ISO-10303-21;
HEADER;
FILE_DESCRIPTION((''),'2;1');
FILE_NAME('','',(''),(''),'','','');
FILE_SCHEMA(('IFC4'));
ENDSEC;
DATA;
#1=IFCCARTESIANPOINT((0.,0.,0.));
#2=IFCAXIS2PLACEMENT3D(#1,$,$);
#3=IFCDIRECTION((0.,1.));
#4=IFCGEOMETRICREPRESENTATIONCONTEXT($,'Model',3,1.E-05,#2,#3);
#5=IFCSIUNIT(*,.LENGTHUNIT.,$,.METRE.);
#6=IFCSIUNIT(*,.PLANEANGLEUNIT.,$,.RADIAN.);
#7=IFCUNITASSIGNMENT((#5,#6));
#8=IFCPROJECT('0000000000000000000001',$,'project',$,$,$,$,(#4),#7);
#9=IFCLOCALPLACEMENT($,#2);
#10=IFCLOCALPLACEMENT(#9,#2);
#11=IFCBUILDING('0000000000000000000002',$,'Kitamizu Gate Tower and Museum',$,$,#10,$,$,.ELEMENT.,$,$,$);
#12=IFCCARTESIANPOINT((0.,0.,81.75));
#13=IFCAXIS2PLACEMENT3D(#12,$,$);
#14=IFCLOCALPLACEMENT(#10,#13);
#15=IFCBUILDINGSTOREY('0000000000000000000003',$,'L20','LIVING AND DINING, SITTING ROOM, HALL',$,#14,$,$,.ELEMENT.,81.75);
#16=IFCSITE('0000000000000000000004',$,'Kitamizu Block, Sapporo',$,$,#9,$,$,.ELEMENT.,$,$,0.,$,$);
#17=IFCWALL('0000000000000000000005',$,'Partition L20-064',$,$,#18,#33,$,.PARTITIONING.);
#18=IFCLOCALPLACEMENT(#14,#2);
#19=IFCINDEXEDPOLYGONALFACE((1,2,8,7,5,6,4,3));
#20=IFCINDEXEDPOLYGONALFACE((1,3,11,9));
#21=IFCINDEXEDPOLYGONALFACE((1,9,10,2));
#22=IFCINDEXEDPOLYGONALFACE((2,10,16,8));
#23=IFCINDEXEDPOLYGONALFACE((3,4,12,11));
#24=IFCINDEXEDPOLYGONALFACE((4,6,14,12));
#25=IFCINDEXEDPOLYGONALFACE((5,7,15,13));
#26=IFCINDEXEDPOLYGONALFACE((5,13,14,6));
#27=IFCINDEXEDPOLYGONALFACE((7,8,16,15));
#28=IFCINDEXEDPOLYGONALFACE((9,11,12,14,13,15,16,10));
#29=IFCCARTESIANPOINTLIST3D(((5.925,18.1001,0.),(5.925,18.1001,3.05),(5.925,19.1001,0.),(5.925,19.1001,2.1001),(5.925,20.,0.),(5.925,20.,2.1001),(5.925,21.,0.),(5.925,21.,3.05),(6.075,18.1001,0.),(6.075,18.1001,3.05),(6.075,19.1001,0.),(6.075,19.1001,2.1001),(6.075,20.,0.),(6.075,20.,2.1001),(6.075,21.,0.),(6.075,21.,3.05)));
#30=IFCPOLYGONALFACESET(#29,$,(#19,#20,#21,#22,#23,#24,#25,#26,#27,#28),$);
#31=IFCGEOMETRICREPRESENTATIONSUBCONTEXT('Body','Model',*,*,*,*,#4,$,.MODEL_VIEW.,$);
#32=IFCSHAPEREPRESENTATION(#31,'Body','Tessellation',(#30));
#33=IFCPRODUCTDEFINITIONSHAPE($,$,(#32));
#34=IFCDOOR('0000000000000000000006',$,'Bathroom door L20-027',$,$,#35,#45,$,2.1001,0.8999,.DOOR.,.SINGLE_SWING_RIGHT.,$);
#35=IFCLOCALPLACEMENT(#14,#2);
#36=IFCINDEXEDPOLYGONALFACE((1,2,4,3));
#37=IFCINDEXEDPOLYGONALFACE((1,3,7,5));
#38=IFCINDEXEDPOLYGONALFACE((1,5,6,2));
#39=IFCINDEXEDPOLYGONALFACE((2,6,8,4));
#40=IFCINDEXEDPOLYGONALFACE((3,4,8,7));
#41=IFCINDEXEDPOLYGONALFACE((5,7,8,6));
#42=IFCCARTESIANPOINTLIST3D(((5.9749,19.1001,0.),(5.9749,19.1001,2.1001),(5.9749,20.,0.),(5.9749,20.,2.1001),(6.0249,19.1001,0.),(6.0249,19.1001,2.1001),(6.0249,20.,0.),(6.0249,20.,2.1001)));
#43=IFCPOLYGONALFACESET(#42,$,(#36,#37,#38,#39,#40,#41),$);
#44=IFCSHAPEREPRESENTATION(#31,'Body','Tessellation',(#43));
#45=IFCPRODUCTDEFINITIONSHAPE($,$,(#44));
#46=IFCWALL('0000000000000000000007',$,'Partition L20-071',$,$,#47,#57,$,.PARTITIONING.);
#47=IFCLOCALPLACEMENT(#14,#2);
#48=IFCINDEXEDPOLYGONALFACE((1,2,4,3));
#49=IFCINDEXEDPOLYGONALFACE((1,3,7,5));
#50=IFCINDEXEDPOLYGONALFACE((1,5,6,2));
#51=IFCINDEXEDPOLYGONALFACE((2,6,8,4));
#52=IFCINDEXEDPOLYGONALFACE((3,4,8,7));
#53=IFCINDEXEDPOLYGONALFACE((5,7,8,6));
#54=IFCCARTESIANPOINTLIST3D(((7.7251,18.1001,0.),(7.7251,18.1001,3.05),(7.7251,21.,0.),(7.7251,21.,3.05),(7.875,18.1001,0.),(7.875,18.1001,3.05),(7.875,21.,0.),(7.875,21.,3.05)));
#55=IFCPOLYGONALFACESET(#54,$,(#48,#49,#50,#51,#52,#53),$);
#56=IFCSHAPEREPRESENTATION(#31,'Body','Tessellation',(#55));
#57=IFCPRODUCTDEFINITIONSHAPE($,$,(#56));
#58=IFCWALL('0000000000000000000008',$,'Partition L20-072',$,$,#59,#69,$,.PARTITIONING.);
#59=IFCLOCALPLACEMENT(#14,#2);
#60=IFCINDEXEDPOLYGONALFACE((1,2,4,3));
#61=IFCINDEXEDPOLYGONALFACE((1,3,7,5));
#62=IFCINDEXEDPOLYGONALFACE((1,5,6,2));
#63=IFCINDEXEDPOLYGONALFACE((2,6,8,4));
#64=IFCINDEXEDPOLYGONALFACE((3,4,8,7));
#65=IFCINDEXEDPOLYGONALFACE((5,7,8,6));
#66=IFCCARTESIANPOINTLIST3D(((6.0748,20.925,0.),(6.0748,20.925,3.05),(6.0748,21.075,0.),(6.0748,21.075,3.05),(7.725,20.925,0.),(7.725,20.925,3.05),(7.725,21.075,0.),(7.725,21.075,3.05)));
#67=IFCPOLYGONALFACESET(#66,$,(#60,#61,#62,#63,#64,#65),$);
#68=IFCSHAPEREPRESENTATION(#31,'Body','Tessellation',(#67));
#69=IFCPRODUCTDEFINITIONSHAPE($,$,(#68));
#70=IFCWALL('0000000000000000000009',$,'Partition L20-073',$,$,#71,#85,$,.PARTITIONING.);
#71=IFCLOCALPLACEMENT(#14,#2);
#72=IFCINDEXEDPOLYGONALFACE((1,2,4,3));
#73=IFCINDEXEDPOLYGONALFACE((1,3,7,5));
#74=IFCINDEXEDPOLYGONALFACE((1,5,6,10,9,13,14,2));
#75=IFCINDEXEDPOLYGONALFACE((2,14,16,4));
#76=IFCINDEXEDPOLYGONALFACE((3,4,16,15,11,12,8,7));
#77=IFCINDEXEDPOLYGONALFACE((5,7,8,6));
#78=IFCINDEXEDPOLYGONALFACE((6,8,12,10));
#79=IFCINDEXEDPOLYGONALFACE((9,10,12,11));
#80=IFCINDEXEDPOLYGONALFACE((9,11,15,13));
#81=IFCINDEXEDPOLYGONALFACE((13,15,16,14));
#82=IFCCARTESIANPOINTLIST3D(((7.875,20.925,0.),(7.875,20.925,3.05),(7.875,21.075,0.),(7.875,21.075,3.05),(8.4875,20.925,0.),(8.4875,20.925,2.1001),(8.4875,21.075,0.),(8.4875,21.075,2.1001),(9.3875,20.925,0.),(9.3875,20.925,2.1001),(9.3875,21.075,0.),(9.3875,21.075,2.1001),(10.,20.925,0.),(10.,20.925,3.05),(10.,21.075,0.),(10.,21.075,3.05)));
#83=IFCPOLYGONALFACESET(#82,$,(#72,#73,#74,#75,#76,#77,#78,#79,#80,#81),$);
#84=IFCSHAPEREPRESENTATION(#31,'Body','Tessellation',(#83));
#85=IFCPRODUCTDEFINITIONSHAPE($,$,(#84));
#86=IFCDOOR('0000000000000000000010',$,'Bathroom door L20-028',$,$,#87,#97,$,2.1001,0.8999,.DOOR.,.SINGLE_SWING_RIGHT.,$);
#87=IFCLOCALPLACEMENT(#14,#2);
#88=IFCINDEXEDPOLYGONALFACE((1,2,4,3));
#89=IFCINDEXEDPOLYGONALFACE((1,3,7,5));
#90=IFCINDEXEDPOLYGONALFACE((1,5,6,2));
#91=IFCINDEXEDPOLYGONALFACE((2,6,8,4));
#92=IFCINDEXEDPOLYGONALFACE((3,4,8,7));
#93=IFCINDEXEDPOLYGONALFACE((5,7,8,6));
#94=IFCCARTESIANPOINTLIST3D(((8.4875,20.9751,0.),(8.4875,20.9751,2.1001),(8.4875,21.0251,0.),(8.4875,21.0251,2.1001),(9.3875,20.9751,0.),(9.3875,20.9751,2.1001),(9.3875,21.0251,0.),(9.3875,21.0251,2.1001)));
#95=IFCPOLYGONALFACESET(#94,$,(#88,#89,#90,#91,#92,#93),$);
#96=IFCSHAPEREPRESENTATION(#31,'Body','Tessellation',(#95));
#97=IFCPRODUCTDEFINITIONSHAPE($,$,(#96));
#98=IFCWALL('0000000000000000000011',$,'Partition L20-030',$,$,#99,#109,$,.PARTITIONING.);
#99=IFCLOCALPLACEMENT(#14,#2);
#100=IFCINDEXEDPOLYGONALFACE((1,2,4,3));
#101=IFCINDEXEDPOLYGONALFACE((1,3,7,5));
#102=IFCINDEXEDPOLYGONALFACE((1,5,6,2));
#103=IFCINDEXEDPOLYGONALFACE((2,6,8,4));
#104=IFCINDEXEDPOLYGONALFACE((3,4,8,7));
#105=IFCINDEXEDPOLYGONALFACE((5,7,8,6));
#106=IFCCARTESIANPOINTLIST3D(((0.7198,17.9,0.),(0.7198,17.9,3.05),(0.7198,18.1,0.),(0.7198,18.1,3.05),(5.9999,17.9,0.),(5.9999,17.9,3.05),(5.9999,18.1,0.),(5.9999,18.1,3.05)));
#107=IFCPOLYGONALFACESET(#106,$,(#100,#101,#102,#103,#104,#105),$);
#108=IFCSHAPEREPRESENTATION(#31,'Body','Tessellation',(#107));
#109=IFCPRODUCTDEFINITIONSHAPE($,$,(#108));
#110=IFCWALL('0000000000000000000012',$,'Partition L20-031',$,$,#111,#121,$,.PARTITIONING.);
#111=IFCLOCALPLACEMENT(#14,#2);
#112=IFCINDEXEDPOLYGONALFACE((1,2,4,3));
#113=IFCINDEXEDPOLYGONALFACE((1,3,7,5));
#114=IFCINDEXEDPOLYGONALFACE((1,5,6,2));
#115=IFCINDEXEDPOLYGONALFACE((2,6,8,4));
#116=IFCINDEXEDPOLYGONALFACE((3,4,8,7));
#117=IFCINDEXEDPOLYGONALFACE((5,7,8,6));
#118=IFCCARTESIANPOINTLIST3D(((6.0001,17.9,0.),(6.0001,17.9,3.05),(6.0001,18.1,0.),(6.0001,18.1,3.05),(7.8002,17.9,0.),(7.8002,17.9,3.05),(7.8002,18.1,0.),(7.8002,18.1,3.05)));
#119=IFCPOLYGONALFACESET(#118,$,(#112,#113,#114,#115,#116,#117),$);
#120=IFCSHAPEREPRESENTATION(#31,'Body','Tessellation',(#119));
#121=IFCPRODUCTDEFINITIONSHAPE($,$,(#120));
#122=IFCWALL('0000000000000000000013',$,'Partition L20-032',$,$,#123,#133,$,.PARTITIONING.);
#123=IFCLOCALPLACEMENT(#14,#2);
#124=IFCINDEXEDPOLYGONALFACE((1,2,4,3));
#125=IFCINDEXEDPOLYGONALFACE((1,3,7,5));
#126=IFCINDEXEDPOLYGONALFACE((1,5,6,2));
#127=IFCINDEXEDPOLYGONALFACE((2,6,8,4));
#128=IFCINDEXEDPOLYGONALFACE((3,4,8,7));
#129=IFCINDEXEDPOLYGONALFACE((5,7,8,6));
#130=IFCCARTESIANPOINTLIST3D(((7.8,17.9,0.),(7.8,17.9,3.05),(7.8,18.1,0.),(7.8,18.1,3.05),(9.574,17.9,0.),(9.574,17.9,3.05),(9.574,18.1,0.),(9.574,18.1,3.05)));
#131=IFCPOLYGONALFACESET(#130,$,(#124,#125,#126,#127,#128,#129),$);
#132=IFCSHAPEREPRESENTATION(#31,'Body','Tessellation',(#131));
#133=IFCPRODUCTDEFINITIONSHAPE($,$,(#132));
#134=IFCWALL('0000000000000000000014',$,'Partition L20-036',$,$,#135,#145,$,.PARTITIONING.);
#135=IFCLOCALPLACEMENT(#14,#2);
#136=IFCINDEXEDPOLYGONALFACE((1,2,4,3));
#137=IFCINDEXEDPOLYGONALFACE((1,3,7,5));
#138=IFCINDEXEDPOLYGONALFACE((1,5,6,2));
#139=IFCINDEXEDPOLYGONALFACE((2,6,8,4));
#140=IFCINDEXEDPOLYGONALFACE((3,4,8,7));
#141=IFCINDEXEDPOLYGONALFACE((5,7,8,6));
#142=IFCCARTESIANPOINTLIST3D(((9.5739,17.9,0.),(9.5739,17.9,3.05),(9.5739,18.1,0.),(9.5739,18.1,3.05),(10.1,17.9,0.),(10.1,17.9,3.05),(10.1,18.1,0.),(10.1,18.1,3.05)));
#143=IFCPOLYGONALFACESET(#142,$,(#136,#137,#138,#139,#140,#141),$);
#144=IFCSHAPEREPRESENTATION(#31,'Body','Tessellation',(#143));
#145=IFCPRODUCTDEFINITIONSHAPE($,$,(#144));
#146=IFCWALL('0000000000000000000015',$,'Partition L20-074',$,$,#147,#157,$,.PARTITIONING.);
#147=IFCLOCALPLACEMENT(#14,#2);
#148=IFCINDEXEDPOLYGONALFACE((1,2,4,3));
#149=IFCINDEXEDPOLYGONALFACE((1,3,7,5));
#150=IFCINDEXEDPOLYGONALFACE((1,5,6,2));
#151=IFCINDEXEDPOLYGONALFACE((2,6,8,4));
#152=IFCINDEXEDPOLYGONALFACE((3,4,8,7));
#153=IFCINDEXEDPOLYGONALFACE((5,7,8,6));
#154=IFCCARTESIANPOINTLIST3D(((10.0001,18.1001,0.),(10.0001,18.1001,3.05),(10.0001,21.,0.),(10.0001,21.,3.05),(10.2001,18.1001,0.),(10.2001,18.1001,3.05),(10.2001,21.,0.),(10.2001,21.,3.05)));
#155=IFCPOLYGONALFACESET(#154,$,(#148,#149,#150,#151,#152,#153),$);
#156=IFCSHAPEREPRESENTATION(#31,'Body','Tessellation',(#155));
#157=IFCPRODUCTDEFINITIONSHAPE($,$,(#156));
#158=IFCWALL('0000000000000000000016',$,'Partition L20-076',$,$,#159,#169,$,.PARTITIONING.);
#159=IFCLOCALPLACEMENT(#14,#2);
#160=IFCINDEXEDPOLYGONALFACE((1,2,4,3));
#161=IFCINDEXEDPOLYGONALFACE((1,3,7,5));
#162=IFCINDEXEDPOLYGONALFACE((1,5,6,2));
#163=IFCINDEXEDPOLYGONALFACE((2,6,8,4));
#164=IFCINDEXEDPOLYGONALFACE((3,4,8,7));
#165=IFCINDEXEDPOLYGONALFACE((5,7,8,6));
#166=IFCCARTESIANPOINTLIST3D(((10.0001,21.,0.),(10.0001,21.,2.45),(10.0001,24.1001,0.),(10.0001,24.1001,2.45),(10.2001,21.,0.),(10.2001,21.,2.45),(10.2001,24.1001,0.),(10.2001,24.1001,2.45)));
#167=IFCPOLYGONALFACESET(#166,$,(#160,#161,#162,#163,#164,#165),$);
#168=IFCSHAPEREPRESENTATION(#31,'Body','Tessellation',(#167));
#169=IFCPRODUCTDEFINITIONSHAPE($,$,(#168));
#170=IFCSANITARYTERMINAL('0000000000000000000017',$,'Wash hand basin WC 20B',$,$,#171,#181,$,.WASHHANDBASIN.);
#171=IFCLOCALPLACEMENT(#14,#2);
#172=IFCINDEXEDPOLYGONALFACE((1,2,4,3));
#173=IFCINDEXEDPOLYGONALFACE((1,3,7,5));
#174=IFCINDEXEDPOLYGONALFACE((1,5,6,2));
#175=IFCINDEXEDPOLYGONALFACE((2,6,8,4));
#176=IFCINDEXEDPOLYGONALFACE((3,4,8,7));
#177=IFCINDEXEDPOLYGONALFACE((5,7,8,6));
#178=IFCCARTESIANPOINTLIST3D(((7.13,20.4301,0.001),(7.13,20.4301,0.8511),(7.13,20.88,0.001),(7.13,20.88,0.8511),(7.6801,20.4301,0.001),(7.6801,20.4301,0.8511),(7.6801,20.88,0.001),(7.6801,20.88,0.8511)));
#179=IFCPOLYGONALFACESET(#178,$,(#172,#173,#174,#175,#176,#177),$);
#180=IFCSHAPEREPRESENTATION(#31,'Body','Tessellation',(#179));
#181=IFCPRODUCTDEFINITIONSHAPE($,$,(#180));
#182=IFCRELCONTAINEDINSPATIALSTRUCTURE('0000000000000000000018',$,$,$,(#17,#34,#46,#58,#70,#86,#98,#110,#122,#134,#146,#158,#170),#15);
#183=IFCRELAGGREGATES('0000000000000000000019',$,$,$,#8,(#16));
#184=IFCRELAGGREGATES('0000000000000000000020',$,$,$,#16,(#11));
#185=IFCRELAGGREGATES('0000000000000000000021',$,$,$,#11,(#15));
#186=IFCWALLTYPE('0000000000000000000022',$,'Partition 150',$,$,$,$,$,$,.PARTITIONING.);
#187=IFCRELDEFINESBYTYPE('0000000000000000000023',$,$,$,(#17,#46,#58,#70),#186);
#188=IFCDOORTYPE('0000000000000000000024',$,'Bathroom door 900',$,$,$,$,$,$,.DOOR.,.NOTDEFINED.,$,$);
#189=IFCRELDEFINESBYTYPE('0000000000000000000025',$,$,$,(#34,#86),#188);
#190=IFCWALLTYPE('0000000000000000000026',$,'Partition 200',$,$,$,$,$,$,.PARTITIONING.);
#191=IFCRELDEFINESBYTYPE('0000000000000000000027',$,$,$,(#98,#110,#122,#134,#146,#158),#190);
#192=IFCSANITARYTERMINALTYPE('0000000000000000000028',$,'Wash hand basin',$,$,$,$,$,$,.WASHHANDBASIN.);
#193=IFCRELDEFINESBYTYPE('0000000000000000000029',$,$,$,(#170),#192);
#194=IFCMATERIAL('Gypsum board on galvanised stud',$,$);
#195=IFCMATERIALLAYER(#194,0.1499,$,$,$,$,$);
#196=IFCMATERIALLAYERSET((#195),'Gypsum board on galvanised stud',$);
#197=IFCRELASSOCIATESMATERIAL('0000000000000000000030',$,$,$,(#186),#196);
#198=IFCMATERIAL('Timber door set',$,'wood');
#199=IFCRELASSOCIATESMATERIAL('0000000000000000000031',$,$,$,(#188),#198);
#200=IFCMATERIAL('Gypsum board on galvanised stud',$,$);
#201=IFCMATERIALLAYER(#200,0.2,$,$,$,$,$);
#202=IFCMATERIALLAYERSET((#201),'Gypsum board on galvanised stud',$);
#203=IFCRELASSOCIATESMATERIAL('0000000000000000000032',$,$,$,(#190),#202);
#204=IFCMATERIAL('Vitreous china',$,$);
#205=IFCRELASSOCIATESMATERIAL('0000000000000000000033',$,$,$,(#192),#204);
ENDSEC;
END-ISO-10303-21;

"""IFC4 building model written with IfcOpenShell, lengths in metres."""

from ifc_helpers import new_model, si_unit, direction, frame, frame_2d, origin, origin_2d, place, context, subcontext, project, spatial, rectangle, extrude, material, layer, layer_set, type_object, element, fill, save


model = new_model("IFC4")

# Units and contexts
model_context = context("Model", 3, precision=1e-05, world=origin(), true_north=direction((0.0, 1.0)))
body_context = subcontext(model_context, "Body", "Model", "MODEL_VIEW")
ifc_project = project(units=[si_unit("LENGTHUNIT", "METRE"), si_unit("PLANEANGLEUNIT", "RADIAN")], contexts=[model_context])

# Site, building, storey
site_placement = place(None, origin())
site = spatial("IfcSite", under=ifc_project, at=site_placement, Name="Kitamizu Block, Sapporo", CompositionType="ELEMENT", RefElevation=0.0)
building_placement = place(site_placement, origin())
building = spatial("IfcBuilding", under=site, at=building_placement, Name="Kitamizu Gate Tower and Museum", CompositionType="ELEMENT")
storey_placement = place(building_placement, frame((0.0, 0.0, 81.75)))
storey = spatial("IfcBuildingStorey", under=building, at=storey_placement, Name="L20", Description="LIVING AND DINING, SITTING ROOM, HALL", CompositionType="ELEMENT", Elevation=81.75)

# Shared definitions
ifc_material_1 = material(Name="Gypsum board on galvanised stud")
ifc_layer_1 = layer(ifc_material_1, 0.1499)
ifc_layer_set_1 = layer_set([ifc_layer_1], Name="Gypsum board on galvanised stud")
wall_type_1 = type_object("IfcWallType", Name="Partition 150", PredefinedType="PARTITIONING", material=ifc_layer_set_1)

# Wall, opening, door
wall_1_placement = place(storey_placement, frame((6.0, 18.1001, 0.0), z_axis=(0.0, 0.0, 1.0), x_axis=(0.0, 1.0, 0.0)))
wall_1 = element("IfcWall", 1, at=wall_1_placement, inside=storey, type_object=wall_type_1, Name="Partition L20-064", PredefinedType="PARTITIONING", context=body_context, shape_type="SweptSolid", body=[
    extrude(rectangle(XDim=2.8999, YDim=0.1499, at=frame_2d((1.45, 0.0))), origin(), (0.0, 0.0, 1.0), 3.05),
])
opening_1_placement = place(wall_1_placement, frame((1.0, 0.0, 0.0)))
opening_1 = element("IfcOpeningElement", 2, at=opening_1_placement, cuts=wall_1, PredefinedType="OPENING", context=body_context, shape_type="SweptSolid", body=[
    extrude(rectangle(XDim=0.8999, YDim=2.1001, at=frame_2d((0.45, 1.05))), frame((0.0, 0.085, 0.0), z_axis=(0.0, -1.0, 0.0), x_axis=(1.0, 0.0, 0.0)), (0.0, 0.0, 1.0), 0.1699),
])
ifc_material_2 = material(Name="Timber door set", Category="wood")
door_type_1 = type_object("IfcDoorType", Name="Bathroom door 900", OperationType="NOTDEFINED", PredefinedType="DOOR", material=ifc_material_2)
door_1_placement = place(opening_1_placement, frame((0.8999, 0.0, 0.0), x_axis=(-1.0, 0.0, 0.0)))
door_1 = element("IfcDoor", 3, at=door_1_placement, inside=storey, type_object=door_type_1, Name="Bathroom door L20-027", OperationType="SINGLE_SWING_RIGHT", OverallHeight=2.1001, OverallWidth=0.8999, PredefinedType="DOOR", context=body_context, shape_type="SweptSolid", body=[
    extrude(rectangle(XDim=0.8999, YDim=2.1001, at=frame_2d((0.45, 1.05))), frame((0.0, 0.0249, 0.0), z_axis=(0.0, -1.0, 0.0), x_axis=(1.0, 0.0, 0.0)), (0.0, 0.0, 1.0), 0.05),
])
fill(opening_1, door_1)

# Walls
wall_2_placement = place(storey_placement, frame((7.8, 18.1001, 0.0), z_axis=(0.0, 0.0, 1.0), x_axis=(0.0, 1.0, 0.0)))
element("IfcWall", 4, at=wall_2_placement, inside=storey, type_object=wall_type_1, Name="Partition L20-071", PredefinedType="PARTITIONING", context=body_context, shape_type="SweptSolid", body=[
    extrude(rectangle(XDim=2.8999, YDim=0.1499, at=frame_2d((1.45, 0.0))), origin(), (0.0, 0.0, 1.0), 3.05),
])
wall_3_placement = place(storey_placement, frame((7.7251, 21.0, 0.0), z_axis=(0.0, 0.0, 1.0), x_axis=(-1.0, 0.0, 0.0)))
element("IfcWall", 5, at=wall_3_placement, inside=storey, type_object=wall_type_1, Name="Partition L20-072", PredefinedType="PARTITIONING", context=body_context, shape_type="SweptSolid", body=[
    extrude(rectangle(XDim=1.6501, YDim=0.1499, at=frame_2d((0.8252, 0.0))), origin(), (0.0, 0.0, 1.0), 3.05),
])

# Wall, opening, door
wall_4_placement = place(storey_placement, frame((10.0, 21.0, 0.0), z_axis=(0.0, 0.0, 1.0), x_axis=(-1.0, 0.0, 0.0)))
wall_4 = element("IfcWall", 6, at=wall_4_placement, inside=storey, type_object=wall_type_1, Name="Partition L20-073", PredefinedType="PARTITIONING", context=body_context, shape_type="SweptSolid", body=[
    extrude(rectangle(XDim=2.125, YDim=0.1499, at=frame_2d((1.0625, 0.0))), origin(), (0.0, 0.0, 1.0), 3.05),
])
opening_2_placement = place(wall_4_placement, frame((0.6125, 0.0, 0.0)))
opening_2 = element("IfcOpeningElement", 7, at=opening_2_placement, cuts=wall_4, PredefinedType="OPENING", context=body_context, shape_type="SweptSolid", body=[
    extrude(rectangle(XDim=0.8999, YDim=2.1001, at=frame_2d((0.45, 1.05))), frame((0.0, 0.085, 0.0), z_axis=(0.0, -1.0, 0.0), x_axis=(1.0, 0.0, 0.0)), (0.0, 0.0, 1.0), 0.1699),
])
door_2_placement = place(opening_2_placement, origin())
door_2 = element("IfcDoor", 8, at=door_2_placement, inside=storey, type_object=door_type_1, Name="Bathroom door L20-028", OperationType="SINGLE_SWING_RIGHT", OverallHeight=2.1001, OverallWidth=0.8999, PredefinedType="DOOR", context=body_context, shape_type="SweptSolid", body=[
    extrude(rectangle(XDim=0.8999, YDim=2.1001, at=frame_2d((0.45, 1.05))), frame((0.0, 0.0249, 0.0), z_axis=(0.0, -1.0, 0.0), x_axis=(1.0, 0.0, 0.0)), (0.0, 0.0, 1.0), 0.05),
])
fill(opening_2, door_2)

# Walls
ifc_material_3 = material(Name="Gypsum board on galvanised stud")
ifc_layer_2 = layer(ifc_material_3, 0.2)
ifc_layer_set_2 = layer_set([ifc_layer_2], Name="Gypsum board on galvanised stud")
wall_type_2 = type_object("IfcWallType", Name="Partition 200", PredefinedType="PARTITIONING", material=ifc_layer_set_2)
wall_5_placement = place(storey_placement, frame((6.0, 18.0, 0.0), z_axis=(0.0, 0.0, 1.0), x_axis=(-1.0, 0.0, 0.0)))
element("IfcWall", 9, at=wall_5_placement, inside=storey, type_object=wall_type_2, Name="Partition L20-030", PredefinedType="PARTITIONING", context=body_context, shape_type="SweptSolid", body=[
    extrude(rectangle(XDim=5.28, YDim=0.2, at=frame_2d((2.6401, 0.0))), origin(), (0.0, 0.0, 1.0), 3.05),
])
wall_6_placement = place(storey_placement, frame((7.8, 18.0, 0.0), z_axis=(0.0, 0.0, 1.0), x_axis=(-1.0, 0.0, 0.0)))
element("IfcWall", 10, at=wall_6_placement, inside=storey, type_object=wall_type_2, Name="Partition L20-031", PredefinedType="PARTITIONING", context=body_context, shape_type="SweptSolid", body=[
    extrude(rectangle(XDim=1.8, YDim=0.2, at=frame_2d((0.8999, 0.0))), origin(), (0.0, 0.0, 1.0), 3.05),
])
wall_7_placement = place(storey_placement, frame((9.574, 18.0, 0.0), z_axis=(0.0, 0.0, 1.0), x_axis=(-1.0, 0.0, 0.0)))
element("IfcWall", 11, at=wall_7_placement, inside=storey, type_object=wall_type_2, Name="Partition L20-032", PredefinedType="PARTITIONING", context=body_context, shape_type="SweptSolid", body=[
    extrude(rectangle(XDim=1.7739, YDim=0.2, at=frame_2d((0.887, 0.0))), origin(), (0.0, 0.0, 1.0), 3.05),
])
wall_8_placement = place(storey_placement, frame((10.1001, 18.0, 0.0), z_axis=(0.0, 0.0, 1.0), x_axis=(-1.0, 0.0, 0.0)))
element("IfcWall", 12, at=wall_8_placement, inside=storey, type_object=wall_type_2, Name="Partition L20-036", PredefinedType="PARTITIONING", context=body_context, shape_type="SweptSolid", body=[
    extrude(rectangle(XDim=0.5261, YDim=0.2, at=frame_2d((0.2632, 0.0))), origin(), (0.0, 0.0, 1.0), 3.05),
])
wall_9_placement = place(storey_placement, frame((10.1001, 18.1001, 0.0), z_axis=(0.0, 0.0, 1.0), x_axis=(0.0, 1.0, 0.0)))
element("IfcWall", 13, at=wall_9_placement, inside=storey, type_object=wall_type_2, Name="Partition L20-074", PredefinedType="PARTITIONING", context=body_context, shape_type="SweptSolid", body=[
    extrude(rectangle(XDim=2.8999, YDim=0.2, at=frame_2d((1.45, 0.0))), origin(), (0.0, 0.0, 1.0), 3.05),
])
wall_10_placement = place(storey_placement, frame((10.1001, 21.0, 0.0), z_axis=(0.0, 0.0, 1.0), x_axis=(0.0, 1.0, 0.0)))
element("IfcWall", 14, at=wall_10_placement, inside=storey, type_object=wall_type_2, Name="Partition L20-076", PredefinedType="PARTITIONING", context=body_context, shape_type="SweptSolid", body=[
    extrude(rectangle(XDim=3.1001, YDim=0.2, at=frame_2d((1.55, 0.0))), origin(), (0.0, 0.0, 1.0), 2.45),
])

# Sanitary terminal
ifc_material_4 = material(Name="Vitreous china")
sanitary_terminal_type_1 = type_object("IfcSanitaryTerminalType", Name="Wash hand basin", PredefinedType="WASHHANDBASIN", material=ifc_material_4)
sanitary_terminal_1_placement = place(storey_placement, frame((7.405, 20.655, 0.001), z_axis=(0.0, 0.0, 1.0), x_axis=(1.0, 0.0, 0.0)))
element("IfcSanitaryTerminal", 15, at=sanitary_terminal_1_placement, inside=storey, type_object=sanitary_terminal_type_1, Name="Wash hand basin WC 20B", PredefinedType="WASHHANDBASIN", context=body_context, shape_type="SweptSolid", body=[
    extrude(rectangle(XDim=0.55, YDim=0.45, at=origin_2d()), origin(), (0.0, 0.0, 1.0), 0.8501),
])

save(model, "model.ifc")
